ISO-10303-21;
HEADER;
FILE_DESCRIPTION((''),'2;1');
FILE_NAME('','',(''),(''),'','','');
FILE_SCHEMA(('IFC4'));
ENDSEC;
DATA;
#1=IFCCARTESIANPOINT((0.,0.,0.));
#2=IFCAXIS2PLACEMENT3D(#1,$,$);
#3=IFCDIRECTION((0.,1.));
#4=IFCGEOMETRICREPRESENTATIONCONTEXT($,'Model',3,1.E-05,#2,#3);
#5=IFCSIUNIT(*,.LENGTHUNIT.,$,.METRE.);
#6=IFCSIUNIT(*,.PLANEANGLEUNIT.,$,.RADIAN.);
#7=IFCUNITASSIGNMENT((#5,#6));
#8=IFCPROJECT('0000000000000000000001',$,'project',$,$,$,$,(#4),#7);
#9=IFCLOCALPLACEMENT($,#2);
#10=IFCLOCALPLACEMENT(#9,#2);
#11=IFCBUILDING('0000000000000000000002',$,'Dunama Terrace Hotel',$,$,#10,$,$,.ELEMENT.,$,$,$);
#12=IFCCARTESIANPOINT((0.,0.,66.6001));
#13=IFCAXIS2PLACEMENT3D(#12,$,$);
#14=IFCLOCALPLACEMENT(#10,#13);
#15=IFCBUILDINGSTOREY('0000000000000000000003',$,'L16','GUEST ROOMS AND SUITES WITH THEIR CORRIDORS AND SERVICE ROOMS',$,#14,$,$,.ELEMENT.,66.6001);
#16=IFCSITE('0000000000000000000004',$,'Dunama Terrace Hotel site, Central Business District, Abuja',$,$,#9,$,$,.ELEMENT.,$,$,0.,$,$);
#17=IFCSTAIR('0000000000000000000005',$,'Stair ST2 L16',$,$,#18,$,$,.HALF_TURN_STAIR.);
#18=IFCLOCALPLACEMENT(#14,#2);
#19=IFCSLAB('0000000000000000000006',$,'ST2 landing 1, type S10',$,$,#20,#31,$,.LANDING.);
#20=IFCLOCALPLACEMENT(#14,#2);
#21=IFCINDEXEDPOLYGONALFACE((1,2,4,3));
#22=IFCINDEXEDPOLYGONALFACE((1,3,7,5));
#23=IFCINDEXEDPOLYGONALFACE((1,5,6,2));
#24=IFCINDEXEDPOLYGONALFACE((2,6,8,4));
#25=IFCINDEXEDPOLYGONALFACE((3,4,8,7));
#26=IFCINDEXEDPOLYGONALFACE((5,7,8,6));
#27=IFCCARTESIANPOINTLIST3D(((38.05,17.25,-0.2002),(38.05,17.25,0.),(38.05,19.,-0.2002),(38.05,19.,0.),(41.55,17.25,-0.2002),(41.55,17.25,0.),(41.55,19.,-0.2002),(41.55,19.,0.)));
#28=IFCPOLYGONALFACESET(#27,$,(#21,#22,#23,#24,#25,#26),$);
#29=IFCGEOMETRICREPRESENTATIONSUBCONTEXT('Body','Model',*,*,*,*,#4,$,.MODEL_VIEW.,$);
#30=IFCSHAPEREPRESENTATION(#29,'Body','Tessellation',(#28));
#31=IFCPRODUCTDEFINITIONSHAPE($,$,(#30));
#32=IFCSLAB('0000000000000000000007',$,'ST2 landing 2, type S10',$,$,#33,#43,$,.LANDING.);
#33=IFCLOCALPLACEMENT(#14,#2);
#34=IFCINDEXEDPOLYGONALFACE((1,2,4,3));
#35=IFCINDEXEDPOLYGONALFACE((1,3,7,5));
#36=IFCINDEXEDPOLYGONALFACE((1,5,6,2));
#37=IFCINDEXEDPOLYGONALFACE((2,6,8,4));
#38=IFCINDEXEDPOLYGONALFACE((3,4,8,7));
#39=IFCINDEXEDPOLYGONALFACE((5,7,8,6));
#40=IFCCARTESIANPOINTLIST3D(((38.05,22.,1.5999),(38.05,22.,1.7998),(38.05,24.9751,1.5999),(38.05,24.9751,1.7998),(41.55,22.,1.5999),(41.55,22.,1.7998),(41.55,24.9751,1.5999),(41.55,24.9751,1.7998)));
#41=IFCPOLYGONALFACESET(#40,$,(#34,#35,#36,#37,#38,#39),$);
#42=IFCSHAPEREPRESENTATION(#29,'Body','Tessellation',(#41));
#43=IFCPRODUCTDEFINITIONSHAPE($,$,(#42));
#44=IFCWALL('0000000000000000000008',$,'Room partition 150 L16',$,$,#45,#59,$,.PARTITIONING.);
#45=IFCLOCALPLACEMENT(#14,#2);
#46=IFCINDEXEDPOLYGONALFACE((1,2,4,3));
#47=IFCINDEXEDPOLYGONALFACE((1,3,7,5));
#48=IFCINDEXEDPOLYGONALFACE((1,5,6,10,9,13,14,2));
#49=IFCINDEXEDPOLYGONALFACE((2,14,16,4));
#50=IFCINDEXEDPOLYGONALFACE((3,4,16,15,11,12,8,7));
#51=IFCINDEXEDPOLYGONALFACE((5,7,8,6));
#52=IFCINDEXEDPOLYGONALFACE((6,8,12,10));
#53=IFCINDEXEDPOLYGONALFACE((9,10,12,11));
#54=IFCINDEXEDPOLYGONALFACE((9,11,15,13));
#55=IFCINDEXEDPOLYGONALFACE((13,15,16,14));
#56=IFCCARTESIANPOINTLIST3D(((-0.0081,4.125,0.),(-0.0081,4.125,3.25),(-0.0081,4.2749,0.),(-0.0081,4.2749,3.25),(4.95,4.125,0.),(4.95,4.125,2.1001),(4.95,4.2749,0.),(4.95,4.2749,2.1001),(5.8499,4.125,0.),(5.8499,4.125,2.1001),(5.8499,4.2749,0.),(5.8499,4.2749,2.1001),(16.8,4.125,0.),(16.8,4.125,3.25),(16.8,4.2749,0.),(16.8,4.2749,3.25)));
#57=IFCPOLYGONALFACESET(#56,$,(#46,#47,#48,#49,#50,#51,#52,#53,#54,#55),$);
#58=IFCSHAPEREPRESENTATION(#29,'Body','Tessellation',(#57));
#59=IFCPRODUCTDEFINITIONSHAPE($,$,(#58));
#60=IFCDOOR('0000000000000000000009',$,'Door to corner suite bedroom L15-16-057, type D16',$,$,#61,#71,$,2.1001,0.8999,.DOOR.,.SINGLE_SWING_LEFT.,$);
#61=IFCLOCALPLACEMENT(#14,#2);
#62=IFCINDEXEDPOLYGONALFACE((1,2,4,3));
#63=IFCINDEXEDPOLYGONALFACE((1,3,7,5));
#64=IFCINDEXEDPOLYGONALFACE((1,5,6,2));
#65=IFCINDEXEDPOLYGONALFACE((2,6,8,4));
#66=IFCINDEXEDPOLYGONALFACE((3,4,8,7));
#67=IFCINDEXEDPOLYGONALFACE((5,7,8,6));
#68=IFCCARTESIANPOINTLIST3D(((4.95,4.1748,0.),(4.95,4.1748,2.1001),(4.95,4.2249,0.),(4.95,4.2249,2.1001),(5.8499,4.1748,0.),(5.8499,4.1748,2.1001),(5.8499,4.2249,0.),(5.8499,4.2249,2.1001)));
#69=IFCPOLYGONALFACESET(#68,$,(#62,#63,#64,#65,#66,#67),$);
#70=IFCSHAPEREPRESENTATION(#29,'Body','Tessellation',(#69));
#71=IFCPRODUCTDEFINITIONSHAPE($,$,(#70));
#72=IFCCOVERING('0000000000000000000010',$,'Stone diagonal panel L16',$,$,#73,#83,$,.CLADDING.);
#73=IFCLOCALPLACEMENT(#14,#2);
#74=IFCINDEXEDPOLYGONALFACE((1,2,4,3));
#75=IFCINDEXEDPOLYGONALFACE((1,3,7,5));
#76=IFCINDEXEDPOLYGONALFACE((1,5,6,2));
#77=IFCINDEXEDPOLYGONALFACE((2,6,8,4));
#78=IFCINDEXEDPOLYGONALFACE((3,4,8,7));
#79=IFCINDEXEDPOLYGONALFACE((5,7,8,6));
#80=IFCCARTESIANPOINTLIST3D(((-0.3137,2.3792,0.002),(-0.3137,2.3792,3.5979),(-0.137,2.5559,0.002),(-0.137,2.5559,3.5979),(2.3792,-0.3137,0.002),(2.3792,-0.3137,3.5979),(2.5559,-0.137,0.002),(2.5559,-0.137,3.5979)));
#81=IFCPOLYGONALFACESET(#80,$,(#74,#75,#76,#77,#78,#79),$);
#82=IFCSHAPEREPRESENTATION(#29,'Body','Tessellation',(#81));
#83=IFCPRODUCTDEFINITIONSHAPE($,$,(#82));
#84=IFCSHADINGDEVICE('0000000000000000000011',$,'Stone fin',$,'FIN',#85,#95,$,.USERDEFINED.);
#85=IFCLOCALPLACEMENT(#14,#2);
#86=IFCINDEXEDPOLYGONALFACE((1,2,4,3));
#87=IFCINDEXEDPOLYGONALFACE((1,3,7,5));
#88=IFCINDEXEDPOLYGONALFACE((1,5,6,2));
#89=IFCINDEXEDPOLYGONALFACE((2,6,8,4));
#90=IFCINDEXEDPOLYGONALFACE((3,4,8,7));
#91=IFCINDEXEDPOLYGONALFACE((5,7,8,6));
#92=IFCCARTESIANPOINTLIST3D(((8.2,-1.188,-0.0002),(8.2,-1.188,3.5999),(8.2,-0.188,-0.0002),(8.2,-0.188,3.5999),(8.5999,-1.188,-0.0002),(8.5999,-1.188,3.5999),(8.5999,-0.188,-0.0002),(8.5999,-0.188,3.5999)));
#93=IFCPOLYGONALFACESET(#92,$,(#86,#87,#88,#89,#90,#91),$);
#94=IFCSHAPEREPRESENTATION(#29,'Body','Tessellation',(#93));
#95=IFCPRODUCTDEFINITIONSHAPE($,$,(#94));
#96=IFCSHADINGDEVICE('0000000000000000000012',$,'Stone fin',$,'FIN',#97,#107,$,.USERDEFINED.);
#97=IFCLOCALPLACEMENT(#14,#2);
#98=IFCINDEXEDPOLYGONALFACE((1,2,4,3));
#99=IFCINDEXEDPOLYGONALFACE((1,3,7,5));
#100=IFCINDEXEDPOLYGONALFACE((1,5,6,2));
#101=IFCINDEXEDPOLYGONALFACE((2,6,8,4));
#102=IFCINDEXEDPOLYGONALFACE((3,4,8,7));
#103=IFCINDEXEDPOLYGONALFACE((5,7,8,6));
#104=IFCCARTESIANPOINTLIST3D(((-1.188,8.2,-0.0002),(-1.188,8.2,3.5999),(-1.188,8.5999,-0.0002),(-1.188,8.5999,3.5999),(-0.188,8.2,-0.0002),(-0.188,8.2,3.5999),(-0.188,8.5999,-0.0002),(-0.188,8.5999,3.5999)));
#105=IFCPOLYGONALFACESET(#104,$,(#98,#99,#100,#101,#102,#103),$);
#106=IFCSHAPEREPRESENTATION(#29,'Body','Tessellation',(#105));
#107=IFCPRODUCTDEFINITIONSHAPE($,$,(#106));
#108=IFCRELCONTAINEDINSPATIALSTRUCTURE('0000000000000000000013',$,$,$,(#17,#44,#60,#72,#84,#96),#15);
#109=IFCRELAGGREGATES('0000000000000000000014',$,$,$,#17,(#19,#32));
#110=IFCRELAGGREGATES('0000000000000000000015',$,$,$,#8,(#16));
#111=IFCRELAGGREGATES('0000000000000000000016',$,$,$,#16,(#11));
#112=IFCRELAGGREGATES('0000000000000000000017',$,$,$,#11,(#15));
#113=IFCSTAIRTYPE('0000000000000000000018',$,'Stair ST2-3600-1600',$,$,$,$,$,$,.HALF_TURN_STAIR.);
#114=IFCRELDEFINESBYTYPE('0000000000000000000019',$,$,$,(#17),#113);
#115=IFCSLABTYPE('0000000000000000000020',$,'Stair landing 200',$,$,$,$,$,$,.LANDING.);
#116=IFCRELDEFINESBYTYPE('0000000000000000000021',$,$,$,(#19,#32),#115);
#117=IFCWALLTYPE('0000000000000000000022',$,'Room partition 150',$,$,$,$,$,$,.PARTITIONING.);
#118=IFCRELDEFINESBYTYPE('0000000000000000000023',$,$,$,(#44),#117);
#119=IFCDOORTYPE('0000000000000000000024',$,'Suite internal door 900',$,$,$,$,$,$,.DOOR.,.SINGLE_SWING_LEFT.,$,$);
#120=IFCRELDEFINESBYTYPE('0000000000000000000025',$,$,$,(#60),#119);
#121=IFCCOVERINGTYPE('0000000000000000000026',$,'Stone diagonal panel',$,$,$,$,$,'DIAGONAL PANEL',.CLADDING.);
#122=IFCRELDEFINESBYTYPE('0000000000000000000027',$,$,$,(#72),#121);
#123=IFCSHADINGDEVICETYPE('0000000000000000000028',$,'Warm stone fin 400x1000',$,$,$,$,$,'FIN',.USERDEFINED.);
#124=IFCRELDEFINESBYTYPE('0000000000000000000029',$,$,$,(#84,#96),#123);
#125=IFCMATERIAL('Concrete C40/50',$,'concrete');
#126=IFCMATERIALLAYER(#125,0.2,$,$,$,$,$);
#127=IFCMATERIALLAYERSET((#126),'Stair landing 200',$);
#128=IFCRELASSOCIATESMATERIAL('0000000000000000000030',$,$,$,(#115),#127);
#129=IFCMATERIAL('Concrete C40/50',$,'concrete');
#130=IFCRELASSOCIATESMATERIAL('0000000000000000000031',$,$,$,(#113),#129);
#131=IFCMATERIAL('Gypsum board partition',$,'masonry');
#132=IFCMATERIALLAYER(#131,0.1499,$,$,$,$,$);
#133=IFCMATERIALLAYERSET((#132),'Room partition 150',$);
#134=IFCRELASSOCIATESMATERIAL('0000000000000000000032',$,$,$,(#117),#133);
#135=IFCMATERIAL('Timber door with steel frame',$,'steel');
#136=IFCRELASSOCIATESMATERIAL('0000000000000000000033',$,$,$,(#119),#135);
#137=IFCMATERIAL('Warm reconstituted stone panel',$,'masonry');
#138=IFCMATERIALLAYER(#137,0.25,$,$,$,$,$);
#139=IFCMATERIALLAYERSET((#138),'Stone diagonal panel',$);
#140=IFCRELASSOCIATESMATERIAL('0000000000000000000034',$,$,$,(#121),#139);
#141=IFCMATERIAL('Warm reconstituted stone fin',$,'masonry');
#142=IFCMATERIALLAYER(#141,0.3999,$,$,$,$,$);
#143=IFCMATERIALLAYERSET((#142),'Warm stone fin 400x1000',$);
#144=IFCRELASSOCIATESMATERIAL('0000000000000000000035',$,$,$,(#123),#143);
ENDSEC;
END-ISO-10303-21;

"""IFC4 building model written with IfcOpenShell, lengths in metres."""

from ifc_helpers import new_model, si_unit, direction, frame, frame_2d, origin, origin_2d, place, context, subcontext, project, spatial, polyline, rectangle, outline, extrude, material, layer, layer_set, type_object, element, fill, aggregate, save


model = new_model("IFC4")

# Units and contexts
model_context = context("Model", 3, precision=1e-05, world=origin(), true_north=direction((0.0, 1.0)))
body_context = subcontext(model_context, "Body", "Model", "MODEL_VIEW")
ifc_project = project(units=[si_unit("LENGTHUNIT", "METRE"), si_unit("PLANEANGLEUNIT", "RADIAN")], contexts=[model_context])

# Site, building, storey
site_placement = place(None, origin())
site = spatial("IfcSite", under=ifc_project, at=site_placement, Name="Dunama Terrace Hotel site, Central Business District, Abuja", CompositionType="ELEMENT", RefElevation=0.0)
building_placement = place(site_placement, origin())
building = spatial("IfcBuilding", under=site, at=building_placement, Name="Dunama Terrace Hotel", CompositionType="ELEMENT")
storey_placement = place(building_placement, frame((0.0, 0.0, 66.6001)))
storey = spatial("IfcBuildingStorey", under=building, at=storey_placement, Name="L16", Description="GUEST ROOMS AND SUITES WITH THEIR CORRIDORS AND SERVICE ROOMS", CompositionType="ELEMENT", Elevation=66.6001)

# Stair, slabs
ifc_material_1 = material(Name="Concrete C40/50", Category="concrete")
ifc_layer_1 = layer(ifc_material_1, 0.2)
ifc_layer_set_1 = layer_set([ifc_layer_1], Name="Stair landing 200")
slab_type_1 = type_object("IfcSlabType", Name="Stair landing 200", PredefinedType="LANDING", material=ifc_layer_set_1)
ifc_material_2 = material(Name="Concrete C40/50", Category="concrete")
stair_type_1 = type_object("IfcStairType", Name="Stair ST2-3600-1600", PredefinedType="HALF_TURN_STAIR", material=ifc_material_2)
stair_1_placement = place(storey_placement, origin())
stair_1 = element("IfcStair", 1, at=stair_1_placement, inside=storey, type_object=stair_type_1, Name="Stair ST2 L16", PredefinedType="HALF_TURN_STAIR")
slab_1_placement = place(storey_placement, frame((0.0, 0.0, -0.2002)))
slab_1 = element("IfcSlab", 2, at=slab_1_placement, type_object=slab_type_1, Name="ST2 landing 1, type S10", PredefinedType="LANDING", context=body_context, shape_type="SweptSolid", body=[
    extrude(outline(polyline([(38.05, 17.25), (41.55, 17.25), (41.55, 19.0), (38.05, 19.0), (38.05, 17.25)])), origin(), (0.0, 0.0, 1.0), 0.2002),
])
slab_2_placement = place(storey_placement, frame((0.0, 0.0, 1.5999)))
slab_2 = element("IfcSlab", 3, at=slab_2_placement, type_object=slab_type_1, Name="ST2 landing 2, type S10", PredefinedType="LANDING", context=body_context, shape_type="SweptSolid", body=[
    extrude(outline(polyline([(38.05, 22.0), (41.55, 22.0), (41.55, 24.9751), (38.05, 24.9751), (38.05, 22.0)])), origin(), (0.0, 0.0, 1.0), 0.2),
])
aggregate(stair_1, [slab_1, slab_2])

# Wall, opening, door
ifc_material_3 = material(Name="Gypsum board partition", Category="masonry")
ifc_layer_2 = layer(ifc_material_3, 0.1499)
ifc_layer_set_2 = layer_set([ifc_layer_2], Name="Room partition 150")
wall_type = type_object("IfcWallType", Name="Room partition 150", PredefinedType="PARTITIONING", material=ifc_layer_set_2)
wall_placement = place(storey_placement, frame((-0.0081, 4.2, 0.0), z_axis=(0.0, 0.0, 1.0), x_axis=(1.0, 0.0, 0.0)))
wall = element("IfcWall", 4, at=wall_placement, inside=storey, type_object=wall_type, Name="Room partition 150 L16", PredefinedType="PARTITIONING", context=body_context, shape_type="SweptSolid", body=[
    extrude(rectangle(XDim=16.8081, YDim=0.1499, at=frame_2d((8.4041, 0.0))), origin(), (0.0, 0.0, 1.0), 3.25),
])
opening_placement = place(wall_placement, frame((4.958, 0.0, 0.0)))
opening = element("IfcOpeningElement", 5, at=opening_placement, cuts=wall, PredefinedType="OPENING", context=body_context, shape_type="SweptSolid", body=[
    extrude(rectangle(XDim=0.8999, YDim=2.1001, at=frame_2d((0.45, 1.05))), frame((0.0, 0.085, 0.0), z_axis=(0.0, -1.0, 0.0), x_axis=(1.0, 0.0, 0.0)), (0.0, 0.0, 1.0), 0.1699),
])
ifc_material_4 = material(Name="Timber door with steel frame", Category="steel")
door_type = type_object("IfcDoorType", Name="Suite internal door 900", OperationType="SINGLE_SWING_LEFT", PredefinedType="DOOR", material=ifc_material_4)
door_placement = place(opening_placement, frame((0.8999, 0.0, 0.0), z_axis=(0.0, 0.0, 1.0), x_axis=(-1.0, 0.0, 0.0)))
door = element("IfcDoor", 6, at=door_placement, inside=storey, type_object=door_type, Name="Door to corner suite bedroom L15-16-057, type D16", OperationType="SINGLE_SWING_LEFT", OverallHeight=2.1001, OverallWidth=0.8999, PredefinedType="DOOR", context=body_context, shape_type="SweptSolid", body=[
    extrude(rectangle(XDim=0.8999, YDim=2.1001, at=frame_2d((0.45, 1.05))), frame((0.0, 0.0251, 0.0), z_axis=(0.0, -1.0, 0.0), x_axis=(1.0, 0.0, 0.0)), (0.0, 0.0, 1.0), 0.05),
])
fill(opening, door)

# Covering
ifc_material_5 = material(Name="Warm reconstituted stone panel", Category="masonry")
ifc_layer_3 = layer(ifc_material_5, 0.25)
ifc_layer_set_3 = layer_set([ifc_layer_3], Name="Stone diagonal panel")
covering_type = type_object("IfcCoveringType", Name="Stone diagonal panel", ElementType="DIAGONAL PANEL", PredefinedType="CLADDING", material=ifc_layer_set_3)
covering_placement = place(storey_placement, frame((1.1211, 1.1211, 0.002), z_axis=(0.0, 0.0, 1.0), x_axis=(0.707107, -0.707107, 0.0)))
element("IfcCovering", 7, at=covering_placement, inside=storey, type_object=covering_type, Name="Stone diagonal panel L16", PredefinedType="CLADDING", context=body_context, shape_type="SweptSolid", body=[
    extrude(rectangle(XDim=3.8083, YDim=0.25, at=origin_2d()), origin(), (0.0, 0.0, 1.0), 3.5959),
])

# Shading devices
ifc_material_6 = material(Name="Warm reconstituted stone fin", Category="masonry")
ifc_layer_4 = layer(ifc_material_6, 0.3999)
ifc_layer_set_4 = layer_set([ifc_layer_4], Name="Warm stone fin 400x1000")
shading_device_type = type_object("IfcShadingDeviceType", Name="Warm stone fin 400x1000", ElementType="FIN", PredefinedType="USERDEFINED", material=ifc_layer_set_4)
for number, where, z_axis, x_axis, name in (
    (8, (8.3999, -0.688, -0.0002), (0.0, 0.0, 1.0), (1.0, 0.0, 0.0), "Stone fin"),
    (9, (-0.688, 8.3999, -0.0002), (0.0, 0.0, 1.0), (0.0, -1.0, 0.0), "Stone fin"),
):
    element("IfcShadingDevice", number, at=place(storey_placement, frame(where, z_axis=z_axis, x_axis=x_axis)), inside=storey, type_object=shading_device_type, Name=name, ObjectType="FIN", PredefinedType="USERDEFINED", context=body_context, shape_type="SweptSolid", body=[
        extrude(rectangle(XDim=0.3999, YDim=1.0, at=origin_2d()), origin(), (0.0, 0.0, 1.0), 3.6001),
    ])

save(model, "model.ifc")
